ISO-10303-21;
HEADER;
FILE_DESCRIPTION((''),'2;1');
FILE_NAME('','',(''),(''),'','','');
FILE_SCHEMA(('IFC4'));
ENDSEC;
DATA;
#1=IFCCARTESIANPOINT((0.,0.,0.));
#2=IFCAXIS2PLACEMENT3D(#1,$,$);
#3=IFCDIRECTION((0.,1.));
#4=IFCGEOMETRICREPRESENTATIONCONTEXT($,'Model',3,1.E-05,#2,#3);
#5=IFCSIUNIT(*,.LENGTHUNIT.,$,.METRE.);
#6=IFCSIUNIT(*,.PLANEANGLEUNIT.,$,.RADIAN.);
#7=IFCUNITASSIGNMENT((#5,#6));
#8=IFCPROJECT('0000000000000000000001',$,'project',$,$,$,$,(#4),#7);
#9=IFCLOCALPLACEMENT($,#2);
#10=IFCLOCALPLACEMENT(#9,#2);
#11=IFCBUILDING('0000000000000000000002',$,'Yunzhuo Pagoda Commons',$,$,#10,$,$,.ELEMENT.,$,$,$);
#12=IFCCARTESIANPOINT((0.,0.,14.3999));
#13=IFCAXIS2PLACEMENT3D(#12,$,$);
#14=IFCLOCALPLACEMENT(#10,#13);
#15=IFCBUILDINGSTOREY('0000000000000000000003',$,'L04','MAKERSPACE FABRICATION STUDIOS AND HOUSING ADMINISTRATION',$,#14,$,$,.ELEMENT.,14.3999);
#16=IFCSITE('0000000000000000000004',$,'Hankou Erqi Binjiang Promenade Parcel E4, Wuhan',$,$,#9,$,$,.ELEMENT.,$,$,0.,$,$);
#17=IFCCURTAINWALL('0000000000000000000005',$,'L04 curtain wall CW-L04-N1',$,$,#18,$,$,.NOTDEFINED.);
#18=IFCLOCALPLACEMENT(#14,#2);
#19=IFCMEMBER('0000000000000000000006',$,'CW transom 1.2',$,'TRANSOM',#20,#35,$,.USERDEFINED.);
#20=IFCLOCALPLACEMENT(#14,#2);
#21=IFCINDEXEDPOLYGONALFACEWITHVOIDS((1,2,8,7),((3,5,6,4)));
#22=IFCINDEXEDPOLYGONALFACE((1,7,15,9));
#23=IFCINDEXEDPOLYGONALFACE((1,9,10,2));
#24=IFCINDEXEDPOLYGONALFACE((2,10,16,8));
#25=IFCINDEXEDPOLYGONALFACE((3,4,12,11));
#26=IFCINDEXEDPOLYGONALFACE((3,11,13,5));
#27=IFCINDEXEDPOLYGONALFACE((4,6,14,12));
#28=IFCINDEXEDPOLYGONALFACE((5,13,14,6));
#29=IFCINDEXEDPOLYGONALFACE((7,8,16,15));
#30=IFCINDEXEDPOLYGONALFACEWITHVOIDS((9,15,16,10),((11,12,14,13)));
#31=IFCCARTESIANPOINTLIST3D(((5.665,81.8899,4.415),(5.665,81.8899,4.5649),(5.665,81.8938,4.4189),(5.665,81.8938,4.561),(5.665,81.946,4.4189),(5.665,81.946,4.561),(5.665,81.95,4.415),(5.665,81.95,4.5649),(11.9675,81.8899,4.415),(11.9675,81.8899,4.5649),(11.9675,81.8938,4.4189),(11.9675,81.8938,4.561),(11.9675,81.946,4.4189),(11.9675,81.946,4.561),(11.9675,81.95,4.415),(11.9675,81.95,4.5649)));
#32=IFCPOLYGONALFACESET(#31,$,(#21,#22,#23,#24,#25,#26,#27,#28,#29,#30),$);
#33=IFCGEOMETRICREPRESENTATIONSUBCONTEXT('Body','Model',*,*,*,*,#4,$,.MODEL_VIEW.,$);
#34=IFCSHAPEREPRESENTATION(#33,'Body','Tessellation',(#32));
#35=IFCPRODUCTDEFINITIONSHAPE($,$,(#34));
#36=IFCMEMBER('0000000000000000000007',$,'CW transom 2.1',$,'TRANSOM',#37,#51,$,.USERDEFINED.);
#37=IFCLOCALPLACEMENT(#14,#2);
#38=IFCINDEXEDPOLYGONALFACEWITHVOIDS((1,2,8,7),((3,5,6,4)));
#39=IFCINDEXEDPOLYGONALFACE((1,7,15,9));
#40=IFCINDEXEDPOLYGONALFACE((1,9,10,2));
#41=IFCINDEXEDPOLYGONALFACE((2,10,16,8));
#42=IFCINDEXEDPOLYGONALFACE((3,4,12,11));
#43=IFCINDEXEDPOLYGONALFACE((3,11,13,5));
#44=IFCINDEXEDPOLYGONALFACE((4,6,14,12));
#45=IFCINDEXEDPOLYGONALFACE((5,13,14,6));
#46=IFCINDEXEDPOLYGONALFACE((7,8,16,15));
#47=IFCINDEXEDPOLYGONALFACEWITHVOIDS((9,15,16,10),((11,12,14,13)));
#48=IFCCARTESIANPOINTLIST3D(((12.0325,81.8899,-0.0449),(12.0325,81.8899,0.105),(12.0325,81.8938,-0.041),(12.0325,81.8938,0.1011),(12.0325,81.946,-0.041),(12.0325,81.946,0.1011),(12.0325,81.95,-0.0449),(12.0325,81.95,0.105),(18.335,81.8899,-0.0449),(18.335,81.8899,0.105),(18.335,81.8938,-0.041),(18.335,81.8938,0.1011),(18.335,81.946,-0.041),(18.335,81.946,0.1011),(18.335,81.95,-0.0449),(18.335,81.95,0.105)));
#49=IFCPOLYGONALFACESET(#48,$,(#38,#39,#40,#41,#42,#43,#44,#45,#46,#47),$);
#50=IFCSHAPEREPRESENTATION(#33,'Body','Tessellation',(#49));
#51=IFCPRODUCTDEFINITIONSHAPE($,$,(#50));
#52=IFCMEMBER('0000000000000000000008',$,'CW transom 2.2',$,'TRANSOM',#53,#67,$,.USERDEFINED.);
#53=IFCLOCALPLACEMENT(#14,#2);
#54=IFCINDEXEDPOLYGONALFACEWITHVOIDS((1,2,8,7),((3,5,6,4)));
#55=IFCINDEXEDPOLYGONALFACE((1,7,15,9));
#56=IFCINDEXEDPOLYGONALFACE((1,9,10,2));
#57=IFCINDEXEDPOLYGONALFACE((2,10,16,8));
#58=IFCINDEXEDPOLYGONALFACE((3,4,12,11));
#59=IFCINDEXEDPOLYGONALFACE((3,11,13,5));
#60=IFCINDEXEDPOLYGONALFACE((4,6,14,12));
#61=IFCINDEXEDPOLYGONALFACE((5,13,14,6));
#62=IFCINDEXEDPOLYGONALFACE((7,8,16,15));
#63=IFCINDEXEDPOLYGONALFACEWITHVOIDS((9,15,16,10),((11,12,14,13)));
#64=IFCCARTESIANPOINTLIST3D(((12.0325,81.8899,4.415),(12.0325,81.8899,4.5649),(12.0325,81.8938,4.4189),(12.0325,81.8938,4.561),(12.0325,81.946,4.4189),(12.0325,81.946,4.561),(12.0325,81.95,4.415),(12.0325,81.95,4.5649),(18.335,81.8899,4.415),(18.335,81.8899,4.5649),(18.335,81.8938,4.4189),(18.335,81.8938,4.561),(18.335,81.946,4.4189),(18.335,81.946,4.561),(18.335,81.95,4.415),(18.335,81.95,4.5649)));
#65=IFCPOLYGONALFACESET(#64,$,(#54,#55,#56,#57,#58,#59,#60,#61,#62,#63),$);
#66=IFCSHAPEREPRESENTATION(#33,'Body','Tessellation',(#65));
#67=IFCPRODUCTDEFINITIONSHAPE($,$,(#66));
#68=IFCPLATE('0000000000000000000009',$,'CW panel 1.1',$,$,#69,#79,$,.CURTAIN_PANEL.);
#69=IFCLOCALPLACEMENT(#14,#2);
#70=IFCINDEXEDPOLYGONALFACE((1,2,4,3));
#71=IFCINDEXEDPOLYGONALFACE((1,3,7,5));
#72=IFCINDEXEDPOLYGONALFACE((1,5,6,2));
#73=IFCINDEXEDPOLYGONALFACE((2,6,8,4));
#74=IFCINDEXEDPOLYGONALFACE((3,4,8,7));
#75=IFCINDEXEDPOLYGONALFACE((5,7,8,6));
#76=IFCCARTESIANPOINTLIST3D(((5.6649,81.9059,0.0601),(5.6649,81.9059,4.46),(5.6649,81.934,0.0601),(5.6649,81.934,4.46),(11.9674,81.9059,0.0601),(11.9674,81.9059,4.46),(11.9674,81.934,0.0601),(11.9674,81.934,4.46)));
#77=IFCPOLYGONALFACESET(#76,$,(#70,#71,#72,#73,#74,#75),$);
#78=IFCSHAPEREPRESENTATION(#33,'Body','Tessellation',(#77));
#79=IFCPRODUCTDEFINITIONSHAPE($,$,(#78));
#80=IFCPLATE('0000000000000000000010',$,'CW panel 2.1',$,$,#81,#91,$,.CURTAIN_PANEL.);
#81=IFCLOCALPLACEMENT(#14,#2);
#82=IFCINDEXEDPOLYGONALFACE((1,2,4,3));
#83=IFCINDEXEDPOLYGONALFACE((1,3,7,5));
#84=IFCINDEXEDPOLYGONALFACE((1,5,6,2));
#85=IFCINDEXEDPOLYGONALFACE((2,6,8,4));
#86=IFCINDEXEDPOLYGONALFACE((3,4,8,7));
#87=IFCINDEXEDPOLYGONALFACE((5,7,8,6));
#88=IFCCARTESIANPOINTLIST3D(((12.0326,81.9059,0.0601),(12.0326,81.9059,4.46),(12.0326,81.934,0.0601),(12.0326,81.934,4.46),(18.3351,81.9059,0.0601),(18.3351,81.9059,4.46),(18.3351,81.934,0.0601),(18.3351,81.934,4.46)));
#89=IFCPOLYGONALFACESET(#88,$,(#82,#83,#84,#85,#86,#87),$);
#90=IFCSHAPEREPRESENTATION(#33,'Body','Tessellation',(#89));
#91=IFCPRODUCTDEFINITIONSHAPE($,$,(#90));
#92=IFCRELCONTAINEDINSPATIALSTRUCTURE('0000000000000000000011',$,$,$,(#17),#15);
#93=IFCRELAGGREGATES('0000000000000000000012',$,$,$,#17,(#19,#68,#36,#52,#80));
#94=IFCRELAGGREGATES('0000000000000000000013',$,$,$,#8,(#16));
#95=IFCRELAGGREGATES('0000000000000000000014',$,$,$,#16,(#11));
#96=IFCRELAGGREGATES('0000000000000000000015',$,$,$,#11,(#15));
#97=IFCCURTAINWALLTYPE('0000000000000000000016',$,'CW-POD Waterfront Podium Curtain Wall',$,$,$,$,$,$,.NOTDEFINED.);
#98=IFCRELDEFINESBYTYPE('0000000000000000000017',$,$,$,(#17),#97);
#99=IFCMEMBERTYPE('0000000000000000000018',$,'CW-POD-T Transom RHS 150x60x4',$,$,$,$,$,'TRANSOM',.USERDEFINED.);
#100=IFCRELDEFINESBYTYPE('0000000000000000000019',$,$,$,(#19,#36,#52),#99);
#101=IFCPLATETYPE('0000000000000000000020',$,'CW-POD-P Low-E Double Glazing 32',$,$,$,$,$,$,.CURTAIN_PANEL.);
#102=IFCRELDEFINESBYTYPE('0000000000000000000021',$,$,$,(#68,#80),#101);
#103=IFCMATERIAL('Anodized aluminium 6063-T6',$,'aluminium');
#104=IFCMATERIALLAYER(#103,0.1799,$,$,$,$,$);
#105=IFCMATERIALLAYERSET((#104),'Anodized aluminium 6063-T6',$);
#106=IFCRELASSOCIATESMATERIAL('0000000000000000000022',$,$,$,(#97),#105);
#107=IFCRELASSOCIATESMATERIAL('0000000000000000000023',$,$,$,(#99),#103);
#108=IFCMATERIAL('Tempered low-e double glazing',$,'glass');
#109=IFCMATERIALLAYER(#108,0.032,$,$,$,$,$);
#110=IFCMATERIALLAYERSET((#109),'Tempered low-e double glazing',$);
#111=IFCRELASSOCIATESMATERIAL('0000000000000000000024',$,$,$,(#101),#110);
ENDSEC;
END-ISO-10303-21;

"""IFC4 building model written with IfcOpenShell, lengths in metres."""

from ifc_helpers import new_model, si_unit, direction, frame, origin, origin_2d, place, context, subcontext, project, spatial, rectangle, hollow_rectangle, extrude, source, transform, mapped, material, layer, layer_set, material_profile, profile_set, type_object, element, aggregate, save


model = new_model("IFC4")

# Units and contexts
model_context = context("Model", 3, precision=1e-05, world=origin(), true_north=direction((0.0, 1.0)))
body_context = subcontext(model_context, "Body", "Model", "MODEL_VIEW")
ifc_project = project(units=[si_unit("LENGTHUNIT", "METRE"), si_unit("PLANEANGLEUNIT", "RADIAN")], contexts=[model_context])

# Site, building, storey
site_placement = place(None, origin())
site = spatial("IfcSite", under=ifc_project, at=site_placement, Name="Hankou Erqi Binjiang Promenade Parcel E4, Wuhan", CompositionType="ELEMENT", RefElevation=0.0)
building_placement = place(site_placement, origin())
building = spatial("IfcBuilding", under=site, at=building_placement, Name="Yunzhuo Pagoda Commons", CompositionType="ELEMENT")
storey_placement = place(building_placement, frame((0.0, 0.0, 14.3999)))
storey = spatial("IfcBuildingStorey", under=building, at=storey_placement, Name="L04", Description="MAKERSPACE FABRICATION STUDIOS AND HOUSING ADMINISTRATION", CompositionType="ELEMENT", Elevation=14.3999)

# Curtain wall
ifc_material_1 = material(Name="Anodized aluminium 6063-T6", Category="aluminium")
ifc_layer_1 = layer(ifc_material_1, 0.1799)
ifc_layer_set_1 = layer_set([ifc_layer_1], Name="Anodized aluminium 6063-T6")
curtain_wall_type = type_object("IfcCurtainWallType", Name="CW-POD Waterfront Podium Curtain Wall", PredefinedType="NOTDEFINED", material=ifc_layer_set_1)
curtain_wall_1_placement = place(storey_placement, origin())
curtain_wall_1 = element("IfcCurtainWall", 1, at=curtain_wall_1_placement, inside=storey, type_object=curtain_wall_type, Name="L04 curtain wall CW-L04-N1", PredefinedType="NOTDEFINED")

# Members
ifc_material_profile_1 = material_profile(ifc_material_1, hollow_rectangle(XDim=0.0601, YDim=0.1499, WallThickness=0.0039, at=origin_2d()), Name="Anodized aluminium 6063-T6")
ifc_profile_set_1 = profile_set([ifc_material_profile_1], Name="Anodized aluminium 6063-T6")
member_type_1 = type_object("IfcMemberType", Name="CW-POD-T Transom RHS 150x60x4", ElementType="TRANSOM", PredefinedType="USERDEFINED", material=ifc_profile_set_1)
shared_shape_1 = source(origin(), body_context, "Body", "SweptSolid", [
    extrude(hollow_rectangle(XDim=0.0601, YDim=0.1499, WallThickness=0.0039, at=origin_2d()), origin(), (0.0, 0.0, 1.0), 6.3025),
])
member_1_placement = place(storey_placement, frame((5.665, 81.9199, 4.49), z_axis=(1.0, 0.0, 0.0), x_axis=(0.0, 1.0, 0.0)))
member_1 = element("IfcMember", 2, at=member_1_placement, type_object=member_type_1, Name="CW transom 1.2", ObjectType="TRANSOM", PredefinedType="USERDEFINED", context=body_context, shape_type="MappedRepresentation", body=[
    mapped(shared_shape_1, transform((0.0, 0.0, 0.0), scale=1.0)),
])
member_2_placement = place(storey_placement, frame((12.0325, 81.9199, 0.03), z_axis=(1.0, 0.0, 0.0), x_axis=(0.0, 1.0, 0.0)))
member_2 = element("IfcMember", 3, at=member_2_placement, type_object=member_type_1, Name="CW transom 2.1", ObjectType="TRANSOM", PredefinedType="USERDEFINED", context=body_context, shape_type="MappedRepresentation", body=[
    mapped(shared_shape_1, transform((0.0, 0.0, 0.0), scale=1.0)),
])
member_3_placement = place(storey_placement, frame((12.0325, 81.9199, 4.49), z_axis=(1.0, 0.0, 0.0), x_axis=(0.0, 1.0, 0.0)))
member_3 = element("IfcMember", 4, at=member_3_placement, type_object=member_type_1, Name="CW transom 2.2", ObjectType="TRANSOM", PredefinedType="USERDEFINED", context=body_context, shape_type="MappedRepresentation", body=[
    mapped(shared_shape_1, transform((0.0, 0.0, 0.0), scale=1.0)),
])

# Plates
ifc_material_2 = material(Name="Tempered low-e double glazing", Category="glass")
ifc_layer_2 = layer(ifc_material_2, 0.032)
ifc_layer_set_2 = layer_set([ifc_layer_2], Name="Tempered low-e double glazing")
plate_type = type_object("IfcPlateType", Name="CW-POD-P Low-E Double Glazing 32", PredefinedType="CURTAIN_PANEL", material=ifc_layer_set_2)
shared_shape_2 = source(origin(), body_context, "Body", "SweptSolid", [
    extrude(rectangle(XDim=6.3025, YDim=0.0281, at=origin_2d()), origin(), (0.0, 0.0, 1.0), 4.3999),
])
plate_1_placement = place(storey_placement, frame((8.8162, 81.9199, 0.0601), z_axis=(0.0, 0.0, 1.0), x_axis=(1.0, 0.0, 0.0)))
plate_1 = element("IfcPlate", 5, at=plate_1_placement, type_object=plate_type, Name="CW panel 1.1", PredefinedType="CURTAIN_PANEL", context=body_context, shape_type="MappedRepresentation", body=[
    mapped(shared_shape_2, transform((0.0, 0.0, 0.0), scale=1.0)),
])
plate_2_placement = place(storey_placement, frame((15.1838, 81.9199, 0.0601), z_axis=(0.0, 0.0, 1.0), x_axis=(1.0, 0.0, 0.0)))
plate_2 = element("IfcPlate", 6, at=plate_2_placement, type_object=plate_type, Name="CW panel 2.1", PredefinedType="CURTAIN_PANEL", context=body_context, shape_type="MappedRepresentation", body=[
    mapped(shared_shape_2, transform((0.0, 0.0, 0.0), scale=1.0)),
])
aggregate(curtain_wall_1, [member_1, plate_1, member_2, member_3, plate_2])

save(model, "model.ifc")
